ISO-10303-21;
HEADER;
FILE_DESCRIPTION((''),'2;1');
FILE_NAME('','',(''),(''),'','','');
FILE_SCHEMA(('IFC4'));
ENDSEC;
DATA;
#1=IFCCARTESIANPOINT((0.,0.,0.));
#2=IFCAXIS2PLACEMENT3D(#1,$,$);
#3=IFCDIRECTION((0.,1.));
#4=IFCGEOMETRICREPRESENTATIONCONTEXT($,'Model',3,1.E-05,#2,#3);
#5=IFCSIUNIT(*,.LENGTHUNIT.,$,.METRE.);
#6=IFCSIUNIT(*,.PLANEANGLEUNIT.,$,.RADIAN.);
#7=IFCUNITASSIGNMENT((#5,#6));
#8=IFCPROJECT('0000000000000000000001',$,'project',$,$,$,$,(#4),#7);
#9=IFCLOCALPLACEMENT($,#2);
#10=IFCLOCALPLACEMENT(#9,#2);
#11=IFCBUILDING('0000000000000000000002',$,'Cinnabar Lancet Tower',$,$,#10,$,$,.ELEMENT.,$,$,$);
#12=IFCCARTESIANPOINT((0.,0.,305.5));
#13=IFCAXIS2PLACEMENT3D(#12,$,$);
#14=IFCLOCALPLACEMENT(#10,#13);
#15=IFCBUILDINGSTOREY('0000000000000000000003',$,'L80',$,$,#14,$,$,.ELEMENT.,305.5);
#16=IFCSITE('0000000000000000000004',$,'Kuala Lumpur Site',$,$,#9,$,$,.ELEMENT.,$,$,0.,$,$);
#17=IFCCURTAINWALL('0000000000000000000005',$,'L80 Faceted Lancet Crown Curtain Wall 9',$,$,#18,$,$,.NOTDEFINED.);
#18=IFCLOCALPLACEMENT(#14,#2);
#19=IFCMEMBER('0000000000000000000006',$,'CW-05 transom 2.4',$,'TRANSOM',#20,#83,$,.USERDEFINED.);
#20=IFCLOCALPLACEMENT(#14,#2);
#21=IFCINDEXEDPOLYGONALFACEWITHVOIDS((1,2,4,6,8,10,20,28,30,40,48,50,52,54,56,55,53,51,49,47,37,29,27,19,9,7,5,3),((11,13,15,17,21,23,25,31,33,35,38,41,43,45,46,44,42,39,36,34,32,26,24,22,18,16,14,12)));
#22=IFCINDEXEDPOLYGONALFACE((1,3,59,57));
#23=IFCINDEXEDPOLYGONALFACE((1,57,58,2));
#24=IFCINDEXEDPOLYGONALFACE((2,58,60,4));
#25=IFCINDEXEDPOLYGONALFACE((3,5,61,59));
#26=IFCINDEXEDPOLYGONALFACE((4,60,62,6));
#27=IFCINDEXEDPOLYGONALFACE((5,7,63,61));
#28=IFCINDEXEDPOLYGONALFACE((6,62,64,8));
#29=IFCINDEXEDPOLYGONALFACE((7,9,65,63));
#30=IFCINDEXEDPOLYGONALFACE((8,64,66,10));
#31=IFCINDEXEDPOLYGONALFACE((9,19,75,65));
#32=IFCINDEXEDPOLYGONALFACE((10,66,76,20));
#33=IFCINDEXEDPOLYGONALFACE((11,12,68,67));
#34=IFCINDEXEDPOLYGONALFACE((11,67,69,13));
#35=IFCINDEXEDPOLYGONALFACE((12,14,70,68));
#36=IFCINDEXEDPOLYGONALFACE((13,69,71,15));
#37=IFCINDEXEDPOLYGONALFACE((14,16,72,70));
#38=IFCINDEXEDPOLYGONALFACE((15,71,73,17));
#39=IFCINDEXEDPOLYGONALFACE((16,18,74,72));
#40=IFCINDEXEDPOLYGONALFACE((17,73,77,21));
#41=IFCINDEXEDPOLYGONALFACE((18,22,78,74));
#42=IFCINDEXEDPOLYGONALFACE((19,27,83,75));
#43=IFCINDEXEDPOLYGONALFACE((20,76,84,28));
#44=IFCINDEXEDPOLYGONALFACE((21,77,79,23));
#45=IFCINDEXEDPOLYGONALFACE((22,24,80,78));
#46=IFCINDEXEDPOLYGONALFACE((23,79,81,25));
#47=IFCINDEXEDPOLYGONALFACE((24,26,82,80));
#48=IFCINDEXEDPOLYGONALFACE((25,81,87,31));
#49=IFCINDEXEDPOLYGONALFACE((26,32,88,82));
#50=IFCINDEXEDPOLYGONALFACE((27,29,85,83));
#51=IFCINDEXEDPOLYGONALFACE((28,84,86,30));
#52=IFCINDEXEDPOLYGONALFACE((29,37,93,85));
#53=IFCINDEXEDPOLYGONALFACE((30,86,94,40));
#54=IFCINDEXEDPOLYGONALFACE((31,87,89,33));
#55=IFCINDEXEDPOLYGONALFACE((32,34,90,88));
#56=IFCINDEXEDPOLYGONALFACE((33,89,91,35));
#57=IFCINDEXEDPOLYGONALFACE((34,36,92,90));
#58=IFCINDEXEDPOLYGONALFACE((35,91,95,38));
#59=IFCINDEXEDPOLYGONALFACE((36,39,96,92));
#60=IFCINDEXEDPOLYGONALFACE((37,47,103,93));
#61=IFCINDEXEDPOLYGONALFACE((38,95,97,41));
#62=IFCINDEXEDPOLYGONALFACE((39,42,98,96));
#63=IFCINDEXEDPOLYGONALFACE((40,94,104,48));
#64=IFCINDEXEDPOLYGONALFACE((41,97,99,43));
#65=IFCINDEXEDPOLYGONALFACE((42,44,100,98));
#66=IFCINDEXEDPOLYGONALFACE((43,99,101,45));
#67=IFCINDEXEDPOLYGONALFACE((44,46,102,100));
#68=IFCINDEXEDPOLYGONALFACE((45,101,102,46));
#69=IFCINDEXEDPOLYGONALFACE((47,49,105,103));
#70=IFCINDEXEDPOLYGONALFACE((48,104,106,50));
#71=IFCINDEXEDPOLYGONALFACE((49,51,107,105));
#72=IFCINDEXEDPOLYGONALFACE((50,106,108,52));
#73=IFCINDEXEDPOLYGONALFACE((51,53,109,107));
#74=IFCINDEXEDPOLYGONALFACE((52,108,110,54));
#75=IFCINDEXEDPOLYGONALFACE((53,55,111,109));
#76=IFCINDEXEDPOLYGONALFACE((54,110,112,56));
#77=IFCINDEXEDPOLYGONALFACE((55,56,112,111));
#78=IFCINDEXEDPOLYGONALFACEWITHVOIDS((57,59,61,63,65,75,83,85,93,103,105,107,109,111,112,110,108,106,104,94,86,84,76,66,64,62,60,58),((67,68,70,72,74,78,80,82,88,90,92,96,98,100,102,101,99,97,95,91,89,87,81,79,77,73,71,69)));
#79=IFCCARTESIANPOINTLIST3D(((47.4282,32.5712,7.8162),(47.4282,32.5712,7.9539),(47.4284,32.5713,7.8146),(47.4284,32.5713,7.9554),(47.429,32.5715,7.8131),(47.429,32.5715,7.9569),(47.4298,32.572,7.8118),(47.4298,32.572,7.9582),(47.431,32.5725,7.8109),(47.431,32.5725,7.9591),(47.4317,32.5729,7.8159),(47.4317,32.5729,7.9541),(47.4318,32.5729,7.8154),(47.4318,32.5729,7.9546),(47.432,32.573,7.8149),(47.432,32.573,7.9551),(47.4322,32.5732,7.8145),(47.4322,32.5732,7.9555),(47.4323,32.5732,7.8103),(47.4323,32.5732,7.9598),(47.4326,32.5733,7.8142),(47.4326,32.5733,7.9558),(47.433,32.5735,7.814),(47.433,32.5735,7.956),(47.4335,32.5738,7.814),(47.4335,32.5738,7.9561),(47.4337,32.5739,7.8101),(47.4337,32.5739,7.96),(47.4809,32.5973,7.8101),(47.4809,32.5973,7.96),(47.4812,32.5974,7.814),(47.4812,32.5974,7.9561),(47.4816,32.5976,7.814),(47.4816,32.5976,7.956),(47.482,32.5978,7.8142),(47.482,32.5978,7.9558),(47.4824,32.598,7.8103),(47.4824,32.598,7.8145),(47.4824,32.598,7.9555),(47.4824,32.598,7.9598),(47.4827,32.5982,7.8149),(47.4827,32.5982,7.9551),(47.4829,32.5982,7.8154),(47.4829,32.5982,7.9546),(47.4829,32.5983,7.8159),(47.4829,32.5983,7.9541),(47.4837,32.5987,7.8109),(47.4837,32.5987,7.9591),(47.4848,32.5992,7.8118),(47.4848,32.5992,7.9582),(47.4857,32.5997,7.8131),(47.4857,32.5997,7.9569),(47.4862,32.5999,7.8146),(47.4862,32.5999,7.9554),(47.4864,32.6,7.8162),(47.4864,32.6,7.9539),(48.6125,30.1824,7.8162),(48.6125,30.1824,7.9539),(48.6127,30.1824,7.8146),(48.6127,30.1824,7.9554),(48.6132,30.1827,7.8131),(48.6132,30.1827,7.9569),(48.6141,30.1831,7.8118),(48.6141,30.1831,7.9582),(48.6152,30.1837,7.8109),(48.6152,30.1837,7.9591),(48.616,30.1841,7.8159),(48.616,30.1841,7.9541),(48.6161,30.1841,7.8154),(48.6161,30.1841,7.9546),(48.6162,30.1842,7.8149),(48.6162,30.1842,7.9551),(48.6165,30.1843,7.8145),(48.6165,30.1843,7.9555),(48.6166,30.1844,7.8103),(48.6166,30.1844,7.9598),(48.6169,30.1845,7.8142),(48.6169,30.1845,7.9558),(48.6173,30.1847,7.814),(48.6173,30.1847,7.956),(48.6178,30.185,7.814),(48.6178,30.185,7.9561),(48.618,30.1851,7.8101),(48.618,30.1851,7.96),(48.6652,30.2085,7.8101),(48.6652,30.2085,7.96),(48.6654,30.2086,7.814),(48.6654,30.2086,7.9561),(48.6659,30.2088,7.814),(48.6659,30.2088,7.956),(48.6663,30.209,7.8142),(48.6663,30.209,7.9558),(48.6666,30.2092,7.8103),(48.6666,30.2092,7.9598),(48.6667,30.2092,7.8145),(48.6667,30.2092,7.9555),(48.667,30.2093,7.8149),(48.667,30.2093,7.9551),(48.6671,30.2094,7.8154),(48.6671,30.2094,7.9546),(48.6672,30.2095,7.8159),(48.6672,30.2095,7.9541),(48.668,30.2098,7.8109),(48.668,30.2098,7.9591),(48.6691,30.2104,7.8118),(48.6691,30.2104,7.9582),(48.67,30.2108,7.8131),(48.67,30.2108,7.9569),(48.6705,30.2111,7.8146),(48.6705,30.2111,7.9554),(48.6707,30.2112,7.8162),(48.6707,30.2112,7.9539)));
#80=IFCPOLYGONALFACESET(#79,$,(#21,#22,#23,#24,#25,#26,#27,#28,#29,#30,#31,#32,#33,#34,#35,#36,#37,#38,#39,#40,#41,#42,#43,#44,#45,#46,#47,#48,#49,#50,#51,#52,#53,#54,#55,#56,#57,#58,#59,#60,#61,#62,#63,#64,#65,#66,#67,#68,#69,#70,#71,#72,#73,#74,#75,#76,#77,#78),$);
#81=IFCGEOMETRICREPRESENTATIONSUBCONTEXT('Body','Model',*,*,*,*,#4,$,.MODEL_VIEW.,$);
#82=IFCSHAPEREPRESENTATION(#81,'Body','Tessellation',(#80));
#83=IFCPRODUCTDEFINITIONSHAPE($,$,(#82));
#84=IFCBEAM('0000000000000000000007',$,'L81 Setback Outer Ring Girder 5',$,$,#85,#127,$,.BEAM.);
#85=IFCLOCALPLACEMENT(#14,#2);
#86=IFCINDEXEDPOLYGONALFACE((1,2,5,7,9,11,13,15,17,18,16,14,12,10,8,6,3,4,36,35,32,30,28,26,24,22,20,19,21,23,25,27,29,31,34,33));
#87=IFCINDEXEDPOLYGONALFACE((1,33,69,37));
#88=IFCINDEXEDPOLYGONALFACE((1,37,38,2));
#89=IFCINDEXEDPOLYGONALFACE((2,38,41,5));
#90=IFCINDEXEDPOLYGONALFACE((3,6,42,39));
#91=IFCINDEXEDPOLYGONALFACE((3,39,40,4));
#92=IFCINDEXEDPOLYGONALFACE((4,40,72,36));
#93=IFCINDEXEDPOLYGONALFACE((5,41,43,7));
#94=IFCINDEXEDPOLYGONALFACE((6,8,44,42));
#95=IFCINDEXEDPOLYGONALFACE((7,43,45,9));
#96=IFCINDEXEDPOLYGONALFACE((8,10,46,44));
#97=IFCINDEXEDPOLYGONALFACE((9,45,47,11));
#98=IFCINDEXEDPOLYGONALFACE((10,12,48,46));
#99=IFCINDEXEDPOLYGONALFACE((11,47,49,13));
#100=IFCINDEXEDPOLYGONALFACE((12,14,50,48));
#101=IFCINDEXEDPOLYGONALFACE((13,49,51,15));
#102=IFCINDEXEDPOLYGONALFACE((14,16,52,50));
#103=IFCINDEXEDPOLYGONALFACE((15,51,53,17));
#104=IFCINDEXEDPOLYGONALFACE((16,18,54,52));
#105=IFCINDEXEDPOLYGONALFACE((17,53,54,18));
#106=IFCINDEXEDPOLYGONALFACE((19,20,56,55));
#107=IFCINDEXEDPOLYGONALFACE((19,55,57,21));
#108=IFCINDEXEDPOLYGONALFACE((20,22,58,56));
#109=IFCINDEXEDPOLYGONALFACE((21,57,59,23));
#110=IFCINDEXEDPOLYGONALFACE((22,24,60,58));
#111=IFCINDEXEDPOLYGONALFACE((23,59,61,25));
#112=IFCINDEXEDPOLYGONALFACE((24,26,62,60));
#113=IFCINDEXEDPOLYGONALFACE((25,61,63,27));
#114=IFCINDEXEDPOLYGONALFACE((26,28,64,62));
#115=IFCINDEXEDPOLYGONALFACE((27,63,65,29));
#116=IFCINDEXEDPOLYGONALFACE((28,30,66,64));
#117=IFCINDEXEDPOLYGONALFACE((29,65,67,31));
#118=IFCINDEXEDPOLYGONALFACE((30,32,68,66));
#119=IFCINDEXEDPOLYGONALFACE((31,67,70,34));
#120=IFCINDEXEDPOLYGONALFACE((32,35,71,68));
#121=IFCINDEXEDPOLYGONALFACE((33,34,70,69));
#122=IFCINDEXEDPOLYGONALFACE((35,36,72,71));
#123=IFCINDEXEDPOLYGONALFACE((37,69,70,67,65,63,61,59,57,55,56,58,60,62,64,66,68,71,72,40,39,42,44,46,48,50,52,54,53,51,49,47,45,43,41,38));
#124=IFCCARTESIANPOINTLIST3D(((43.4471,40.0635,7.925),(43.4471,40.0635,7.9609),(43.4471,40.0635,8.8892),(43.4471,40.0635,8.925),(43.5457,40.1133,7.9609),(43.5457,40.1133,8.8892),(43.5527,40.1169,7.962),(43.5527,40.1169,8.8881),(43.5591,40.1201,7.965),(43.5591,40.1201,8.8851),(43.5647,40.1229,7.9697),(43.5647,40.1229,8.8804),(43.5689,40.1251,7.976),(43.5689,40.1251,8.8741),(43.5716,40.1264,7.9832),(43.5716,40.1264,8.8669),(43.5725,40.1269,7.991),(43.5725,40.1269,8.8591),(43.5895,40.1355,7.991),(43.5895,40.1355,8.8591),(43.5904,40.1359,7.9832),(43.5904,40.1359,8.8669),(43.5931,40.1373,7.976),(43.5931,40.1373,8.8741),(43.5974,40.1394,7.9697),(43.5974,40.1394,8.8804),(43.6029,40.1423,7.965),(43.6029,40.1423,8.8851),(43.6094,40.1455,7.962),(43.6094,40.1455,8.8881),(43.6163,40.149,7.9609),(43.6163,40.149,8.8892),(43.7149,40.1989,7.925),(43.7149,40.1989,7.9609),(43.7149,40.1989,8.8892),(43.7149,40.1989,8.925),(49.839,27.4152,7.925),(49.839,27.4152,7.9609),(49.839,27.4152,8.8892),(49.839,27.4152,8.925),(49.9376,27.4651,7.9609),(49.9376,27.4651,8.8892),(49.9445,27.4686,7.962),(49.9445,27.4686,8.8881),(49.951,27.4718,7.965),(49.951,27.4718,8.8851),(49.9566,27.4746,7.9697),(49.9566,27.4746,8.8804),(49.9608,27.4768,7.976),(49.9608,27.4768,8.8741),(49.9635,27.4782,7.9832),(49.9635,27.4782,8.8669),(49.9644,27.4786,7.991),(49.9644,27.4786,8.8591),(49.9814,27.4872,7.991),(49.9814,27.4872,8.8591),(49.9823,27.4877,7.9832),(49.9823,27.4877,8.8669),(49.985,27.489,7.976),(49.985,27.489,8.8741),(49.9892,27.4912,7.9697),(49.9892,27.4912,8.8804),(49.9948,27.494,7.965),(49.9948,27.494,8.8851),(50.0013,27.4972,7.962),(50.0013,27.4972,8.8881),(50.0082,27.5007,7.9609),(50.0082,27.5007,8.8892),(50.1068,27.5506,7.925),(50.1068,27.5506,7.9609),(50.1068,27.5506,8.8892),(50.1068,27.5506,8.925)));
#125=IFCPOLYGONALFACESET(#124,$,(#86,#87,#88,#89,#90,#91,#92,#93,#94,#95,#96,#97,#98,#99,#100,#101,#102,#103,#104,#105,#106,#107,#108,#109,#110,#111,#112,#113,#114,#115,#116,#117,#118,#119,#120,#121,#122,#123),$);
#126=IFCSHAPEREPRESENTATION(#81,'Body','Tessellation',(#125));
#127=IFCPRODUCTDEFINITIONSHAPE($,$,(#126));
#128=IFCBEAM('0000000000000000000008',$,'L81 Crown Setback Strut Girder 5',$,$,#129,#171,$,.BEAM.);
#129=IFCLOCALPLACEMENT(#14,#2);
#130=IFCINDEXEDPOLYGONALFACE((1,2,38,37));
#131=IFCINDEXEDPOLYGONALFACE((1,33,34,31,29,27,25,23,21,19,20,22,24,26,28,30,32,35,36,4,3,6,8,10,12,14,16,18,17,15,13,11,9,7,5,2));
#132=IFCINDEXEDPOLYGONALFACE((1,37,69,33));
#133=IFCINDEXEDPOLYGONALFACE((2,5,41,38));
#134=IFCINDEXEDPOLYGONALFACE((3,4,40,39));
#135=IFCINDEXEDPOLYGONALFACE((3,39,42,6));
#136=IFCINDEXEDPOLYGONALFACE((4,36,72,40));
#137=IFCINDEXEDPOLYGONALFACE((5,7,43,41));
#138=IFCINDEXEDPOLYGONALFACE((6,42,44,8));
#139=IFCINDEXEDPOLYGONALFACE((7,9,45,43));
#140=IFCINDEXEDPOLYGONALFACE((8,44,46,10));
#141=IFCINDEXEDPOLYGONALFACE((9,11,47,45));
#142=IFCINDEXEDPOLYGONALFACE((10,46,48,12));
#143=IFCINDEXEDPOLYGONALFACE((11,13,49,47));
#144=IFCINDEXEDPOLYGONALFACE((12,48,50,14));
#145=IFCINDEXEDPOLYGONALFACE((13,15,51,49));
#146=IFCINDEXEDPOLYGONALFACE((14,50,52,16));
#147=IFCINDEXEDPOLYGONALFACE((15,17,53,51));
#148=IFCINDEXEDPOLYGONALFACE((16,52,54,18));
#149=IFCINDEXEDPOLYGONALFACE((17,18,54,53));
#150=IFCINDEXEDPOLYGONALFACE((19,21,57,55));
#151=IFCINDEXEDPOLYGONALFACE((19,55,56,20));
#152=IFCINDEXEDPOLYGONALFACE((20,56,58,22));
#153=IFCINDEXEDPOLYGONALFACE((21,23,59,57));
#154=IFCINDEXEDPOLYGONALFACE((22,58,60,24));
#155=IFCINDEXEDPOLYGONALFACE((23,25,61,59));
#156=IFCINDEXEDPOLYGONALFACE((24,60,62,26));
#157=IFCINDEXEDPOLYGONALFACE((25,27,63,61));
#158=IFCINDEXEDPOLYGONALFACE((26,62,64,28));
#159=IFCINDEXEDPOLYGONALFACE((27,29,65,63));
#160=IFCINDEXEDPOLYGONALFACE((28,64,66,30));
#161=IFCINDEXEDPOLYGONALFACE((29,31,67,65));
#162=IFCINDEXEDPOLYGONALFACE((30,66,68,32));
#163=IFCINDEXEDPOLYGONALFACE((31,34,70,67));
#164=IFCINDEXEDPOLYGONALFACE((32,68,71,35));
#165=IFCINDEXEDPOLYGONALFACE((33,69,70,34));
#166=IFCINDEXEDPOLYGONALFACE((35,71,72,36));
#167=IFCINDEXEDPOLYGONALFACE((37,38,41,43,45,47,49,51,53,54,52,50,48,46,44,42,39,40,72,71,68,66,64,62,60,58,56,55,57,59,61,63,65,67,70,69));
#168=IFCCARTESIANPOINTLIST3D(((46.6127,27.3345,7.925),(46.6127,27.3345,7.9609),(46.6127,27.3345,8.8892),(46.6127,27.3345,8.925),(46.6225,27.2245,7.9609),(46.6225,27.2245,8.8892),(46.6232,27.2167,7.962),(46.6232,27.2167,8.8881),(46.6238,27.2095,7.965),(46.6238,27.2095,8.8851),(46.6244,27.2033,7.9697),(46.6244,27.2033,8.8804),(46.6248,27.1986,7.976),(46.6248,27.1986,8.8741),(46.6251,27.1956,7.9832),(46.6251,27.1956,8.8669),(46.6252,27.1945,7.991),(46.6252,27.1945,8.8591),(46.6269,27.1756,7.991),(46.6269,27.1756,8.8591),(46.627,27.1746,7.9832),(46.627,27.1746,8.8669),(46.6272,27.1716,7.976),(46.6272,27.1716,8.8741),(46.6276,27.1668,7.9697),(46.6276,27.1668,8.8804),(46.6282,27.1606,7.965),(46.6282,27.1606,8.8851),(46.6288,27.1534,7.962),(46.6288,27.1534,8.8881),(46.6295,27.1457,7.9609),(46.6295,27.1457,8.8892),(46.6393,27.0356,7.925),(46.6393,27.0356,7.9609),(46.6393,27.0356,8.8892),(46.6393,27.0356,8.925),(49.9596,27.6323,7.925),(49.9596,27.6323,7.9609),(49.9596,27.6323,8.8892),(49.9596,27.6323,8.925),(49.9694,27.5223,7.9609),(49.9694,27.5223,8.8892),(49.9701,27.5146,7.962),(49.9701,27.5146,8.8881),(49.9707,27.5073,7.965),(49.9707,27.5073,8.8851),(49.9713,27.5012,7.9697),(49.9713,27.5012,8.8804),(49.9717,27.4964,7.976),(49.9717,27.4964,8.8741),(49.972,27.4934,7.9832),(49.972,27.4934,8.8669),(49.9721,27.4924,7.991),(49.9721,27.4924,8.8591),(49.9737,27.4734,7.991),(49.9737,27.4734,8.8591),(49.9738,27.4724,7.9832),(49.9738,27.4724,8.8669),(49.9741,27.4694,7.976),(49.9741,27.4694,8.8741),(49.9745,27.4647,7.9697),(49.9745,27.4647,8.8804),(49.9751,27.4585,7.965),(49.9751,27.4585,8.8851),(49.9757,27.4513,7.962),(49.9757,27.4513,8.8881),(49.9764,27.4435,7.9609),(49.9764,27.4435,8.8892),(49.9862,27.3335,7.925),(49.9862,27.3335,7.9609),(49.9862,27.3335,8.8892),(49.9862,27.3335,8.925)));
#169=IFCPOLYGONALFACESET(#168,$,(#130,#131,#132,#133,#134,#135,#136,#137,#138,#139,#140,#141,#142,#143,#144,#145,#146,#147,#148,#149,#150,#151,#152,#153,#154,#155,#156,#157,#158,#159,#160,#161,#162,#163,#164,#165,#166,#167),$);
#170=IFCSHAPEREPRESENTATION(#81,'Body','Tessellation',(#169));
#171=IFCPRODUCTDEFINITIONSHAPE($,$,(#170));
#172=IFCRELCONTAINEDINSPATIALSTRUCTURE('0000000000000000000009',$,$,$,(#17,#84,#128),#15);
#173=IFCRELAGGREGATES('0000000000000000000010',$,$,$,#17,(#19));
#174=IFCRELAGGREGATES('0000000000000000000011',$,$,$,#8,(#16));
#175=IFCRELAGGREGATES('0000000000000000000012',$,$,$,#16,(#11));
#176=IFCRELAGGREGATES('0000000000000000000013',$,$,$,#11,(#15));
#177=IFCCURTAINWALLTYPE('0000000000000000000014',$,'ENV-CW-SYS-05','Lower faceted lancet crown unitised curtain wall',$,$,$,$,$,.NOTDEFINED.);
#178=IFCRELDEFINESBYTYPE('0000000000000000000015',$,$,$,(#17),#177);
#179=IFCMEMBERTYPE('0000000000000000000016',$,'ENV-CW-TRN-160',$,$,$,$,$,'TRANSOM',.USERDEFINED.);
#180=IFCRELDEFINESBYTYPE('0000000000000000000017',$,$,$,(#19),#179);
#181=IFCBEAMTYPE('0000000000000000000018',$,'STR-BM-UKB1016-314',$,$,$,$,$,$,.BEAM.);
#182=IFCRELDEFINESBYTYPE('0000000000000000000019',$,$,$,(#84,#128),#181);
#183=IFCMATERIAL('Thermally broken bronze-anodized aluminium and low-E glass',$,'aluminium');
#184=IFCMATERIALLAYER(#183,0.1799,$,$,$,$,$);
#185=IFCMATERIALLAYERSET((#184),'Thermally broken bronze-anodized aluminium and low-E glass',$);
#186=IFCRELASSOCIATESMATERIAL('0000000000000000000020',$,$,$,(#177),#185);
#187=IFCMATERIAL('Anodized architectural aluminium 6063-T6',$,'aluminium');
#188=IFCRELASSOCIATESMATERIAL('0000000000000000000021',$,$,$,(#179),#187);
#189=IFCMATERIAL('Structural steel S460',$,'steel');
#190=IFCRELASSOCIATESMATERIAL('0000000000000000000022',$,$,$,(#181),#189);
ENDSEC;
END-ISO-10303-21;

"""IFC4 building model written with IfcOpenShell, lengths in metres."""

from ifc_helpers import new_model, si_unit, direction, frame, origin, origin_2d, place, context, subcontext, project, spatial, hollow_rectangle, i_section, extrude, material, layer, layer_set, material_profile, profile_set, type_object, element, aggregate, save


model = new_model("IFC4")

# Units and contexts
model_context = context("Model", 3, precision=1e-05, world=origin(), true_north=direction((0.0, 1.0)))
body_context = subcontext(model_context, "Body", "Model", "MODEL_VIEW")
ifc_project = project(units=[si_unit("LENGTHUNIT", "METRE"), si_unit("PLANEANGLEUNIT", "RADIAN")], contexts=[model_context])

# Site, building, storey
site_placement = place(None, origin())
site = spatial("IfcSite", under=ifc_project, at=site_placement, Name="Kuala Lumpur Site", CompositionType="ELEMENT", RefElevation=0.0)
building_placement = place(site_placement, origin())
building = spatial("IfcBuilding", under=site, at=building_placement, Name="Cinnabar Lancet Tower", CompositionType="ELEMENT")
storey_placement = place(building_placement, frame((0.0, 0.0, 305.5)))
storey = spatial("IfcBuildingStorey", under=building, at=storey_placement, Name="L80", CompositionType="ELEMENT", Elevation=305.5)

# Shared definitions
ifc_material_1 = material(Name="Thermally broken bronze-anodized aluminium and low-E glass", Category="aluminium")
ifc_layer_1 = layer(ifc_material_1, 0.1799)
ifc_layer_set_1 = layer_set([ifc_layer_1], Name="Thermally broken bronze-anodized aluminium and low-E glass")
curtain_wall_type = type_object("IfcCurtainWallType", Name="ENV-CW-SYS-05", Description="Lower faceted lancet crown unitised curtain wall", PredefinedType="NOTDEFINED", material=ifc_layer_set_1)

# Curtain wall
curtain_wall_1_placement = place(storey_placement, origin())
curtain_wall_1 = element("IfcCurtainWall", 1, at=curtain_wall_1_placement, inside=storey, type_object=curtain_wall_type, Name="L80 Faceted Lancet Crown Curtain Wall 9", PredefinedType="NOTDEFINED")

# Member
ifc_material_2 = material(Name="Anodized architectural aluminium 6063-T6", Category="aluminium")
ifc_material_profile_1 = material_profile(ifc_material_2, hollow_rectangle(XDim=0.0649, YDim=0.1499, WallThickness=0.0039, InnerFilletRadius=0.002, OuterFilletRadius=0.0061, at=origin_2d()), Name="CW-TRN 150x65x4")
ifc_profile_set_1 = profile_set([ifc_material_profile_1], Name="Anodized architectural aluminium 6063-T6")
member_type_1 = type_object("IfcMemberType", Name="ENV-CW-TRN-160", ElementType="TRANSOM", PredefinedType="USERDEFINED", material=ifc_profile_set_1)
member_1_placement = place(storey_placement, frame((48.6416, 30.1968, 7.885), z_axis=(-0.444171, 0.895942, 0.0), x_axis=(-0.895942, -0.444171, 0.0)))
member_1 = element("IfcMember", 2, at=member_1_placement, type_object=member_type_1, Name="CW-05 transom 2.4", ObjectType="TRANSOM", PredefinedType="USERDEFINED", context=body_context, shape_type="SweptSolid", body=[
    extrude(hollow_rectangle(XDim=0.0649, YDim=0.1499, WallThickness=0.0039, InnerFilletRadius=0.002, OuterFilletRadius=0.0061, at=origin_2d()), origin(), (0.0, 0.0, 1.0), 2.6663),
])

# Beams
ifc_material_3 = material(Name="Structural steel S460", Category="steel")
ifc_material_profile_2 = material_profile(ifc_material_3, i_section(OverallWidth=0.3, OverallDepth=1.0, WebThickness=0.019, FlangeThickness=0.0359, FilletRadius=0.03, at=origin_2d()), Name="UKB 1016x305x314")
ifc_profile_set_2 = profile_set([ifc_material_profile_2], Name="Structural steel S460")
beam_type = type_object("IfcBeamType", Name="STR-BM-UKB1016-314", PredefinedType="BEAM", material=ifc_profile_set_2)
beam_1_placement = place(storey_placement, frame((49.9729, 27.4829, 8.425), z_axis=(-0.451034, 0.892507, 0.0), x_axis=(-0.892507, -0.451034, 0.0)))
element("IfcBeam", 3, at=beam_1_placement, inside=storey, type_object=beam_type, Name="L81 Setback Outer Ring Girder 5", PredefinedType="BEAM", context=body_context, shape_type="SweptSolid", body=[
    extrude(i_section(OverallWidth=0.3, OverallDepth=1.0, WebThickness=0.019, FlangeThickness=0.0359, FilletRadius=0.03, at=origin_2d()), origin(), (0.0, 0.0, 1.0), 14.1716),
])
beam_2_placement = place(storey_placement, frame((49.9729, 27.4829, 8.425), z_axis=(-0.996064, -0.088642, 0.0), x_axis=(0.088642, -0.996064, 0.0)))
element("IfcBeam", 4, at=beam_2_placement, inside=storey, type_object=beam_type, Name="L81 Crown Setback Strut Girder 5", PredefinedType="BEAM", context=body_context, shape_type="SweptSolid", body=[
    extrude(i_section(OverallWidth=0.3, OverallDepth=1.0, WebThickness=0.019, FlangeThickness=0.0359, FilletRadius=0.03, at=origin_2d()), origin(), (0.0, 0.0, 1.0), 3.3601),
])

aggregate(curtain_wall_1, [member_1])

save(model, "model.ifc")
